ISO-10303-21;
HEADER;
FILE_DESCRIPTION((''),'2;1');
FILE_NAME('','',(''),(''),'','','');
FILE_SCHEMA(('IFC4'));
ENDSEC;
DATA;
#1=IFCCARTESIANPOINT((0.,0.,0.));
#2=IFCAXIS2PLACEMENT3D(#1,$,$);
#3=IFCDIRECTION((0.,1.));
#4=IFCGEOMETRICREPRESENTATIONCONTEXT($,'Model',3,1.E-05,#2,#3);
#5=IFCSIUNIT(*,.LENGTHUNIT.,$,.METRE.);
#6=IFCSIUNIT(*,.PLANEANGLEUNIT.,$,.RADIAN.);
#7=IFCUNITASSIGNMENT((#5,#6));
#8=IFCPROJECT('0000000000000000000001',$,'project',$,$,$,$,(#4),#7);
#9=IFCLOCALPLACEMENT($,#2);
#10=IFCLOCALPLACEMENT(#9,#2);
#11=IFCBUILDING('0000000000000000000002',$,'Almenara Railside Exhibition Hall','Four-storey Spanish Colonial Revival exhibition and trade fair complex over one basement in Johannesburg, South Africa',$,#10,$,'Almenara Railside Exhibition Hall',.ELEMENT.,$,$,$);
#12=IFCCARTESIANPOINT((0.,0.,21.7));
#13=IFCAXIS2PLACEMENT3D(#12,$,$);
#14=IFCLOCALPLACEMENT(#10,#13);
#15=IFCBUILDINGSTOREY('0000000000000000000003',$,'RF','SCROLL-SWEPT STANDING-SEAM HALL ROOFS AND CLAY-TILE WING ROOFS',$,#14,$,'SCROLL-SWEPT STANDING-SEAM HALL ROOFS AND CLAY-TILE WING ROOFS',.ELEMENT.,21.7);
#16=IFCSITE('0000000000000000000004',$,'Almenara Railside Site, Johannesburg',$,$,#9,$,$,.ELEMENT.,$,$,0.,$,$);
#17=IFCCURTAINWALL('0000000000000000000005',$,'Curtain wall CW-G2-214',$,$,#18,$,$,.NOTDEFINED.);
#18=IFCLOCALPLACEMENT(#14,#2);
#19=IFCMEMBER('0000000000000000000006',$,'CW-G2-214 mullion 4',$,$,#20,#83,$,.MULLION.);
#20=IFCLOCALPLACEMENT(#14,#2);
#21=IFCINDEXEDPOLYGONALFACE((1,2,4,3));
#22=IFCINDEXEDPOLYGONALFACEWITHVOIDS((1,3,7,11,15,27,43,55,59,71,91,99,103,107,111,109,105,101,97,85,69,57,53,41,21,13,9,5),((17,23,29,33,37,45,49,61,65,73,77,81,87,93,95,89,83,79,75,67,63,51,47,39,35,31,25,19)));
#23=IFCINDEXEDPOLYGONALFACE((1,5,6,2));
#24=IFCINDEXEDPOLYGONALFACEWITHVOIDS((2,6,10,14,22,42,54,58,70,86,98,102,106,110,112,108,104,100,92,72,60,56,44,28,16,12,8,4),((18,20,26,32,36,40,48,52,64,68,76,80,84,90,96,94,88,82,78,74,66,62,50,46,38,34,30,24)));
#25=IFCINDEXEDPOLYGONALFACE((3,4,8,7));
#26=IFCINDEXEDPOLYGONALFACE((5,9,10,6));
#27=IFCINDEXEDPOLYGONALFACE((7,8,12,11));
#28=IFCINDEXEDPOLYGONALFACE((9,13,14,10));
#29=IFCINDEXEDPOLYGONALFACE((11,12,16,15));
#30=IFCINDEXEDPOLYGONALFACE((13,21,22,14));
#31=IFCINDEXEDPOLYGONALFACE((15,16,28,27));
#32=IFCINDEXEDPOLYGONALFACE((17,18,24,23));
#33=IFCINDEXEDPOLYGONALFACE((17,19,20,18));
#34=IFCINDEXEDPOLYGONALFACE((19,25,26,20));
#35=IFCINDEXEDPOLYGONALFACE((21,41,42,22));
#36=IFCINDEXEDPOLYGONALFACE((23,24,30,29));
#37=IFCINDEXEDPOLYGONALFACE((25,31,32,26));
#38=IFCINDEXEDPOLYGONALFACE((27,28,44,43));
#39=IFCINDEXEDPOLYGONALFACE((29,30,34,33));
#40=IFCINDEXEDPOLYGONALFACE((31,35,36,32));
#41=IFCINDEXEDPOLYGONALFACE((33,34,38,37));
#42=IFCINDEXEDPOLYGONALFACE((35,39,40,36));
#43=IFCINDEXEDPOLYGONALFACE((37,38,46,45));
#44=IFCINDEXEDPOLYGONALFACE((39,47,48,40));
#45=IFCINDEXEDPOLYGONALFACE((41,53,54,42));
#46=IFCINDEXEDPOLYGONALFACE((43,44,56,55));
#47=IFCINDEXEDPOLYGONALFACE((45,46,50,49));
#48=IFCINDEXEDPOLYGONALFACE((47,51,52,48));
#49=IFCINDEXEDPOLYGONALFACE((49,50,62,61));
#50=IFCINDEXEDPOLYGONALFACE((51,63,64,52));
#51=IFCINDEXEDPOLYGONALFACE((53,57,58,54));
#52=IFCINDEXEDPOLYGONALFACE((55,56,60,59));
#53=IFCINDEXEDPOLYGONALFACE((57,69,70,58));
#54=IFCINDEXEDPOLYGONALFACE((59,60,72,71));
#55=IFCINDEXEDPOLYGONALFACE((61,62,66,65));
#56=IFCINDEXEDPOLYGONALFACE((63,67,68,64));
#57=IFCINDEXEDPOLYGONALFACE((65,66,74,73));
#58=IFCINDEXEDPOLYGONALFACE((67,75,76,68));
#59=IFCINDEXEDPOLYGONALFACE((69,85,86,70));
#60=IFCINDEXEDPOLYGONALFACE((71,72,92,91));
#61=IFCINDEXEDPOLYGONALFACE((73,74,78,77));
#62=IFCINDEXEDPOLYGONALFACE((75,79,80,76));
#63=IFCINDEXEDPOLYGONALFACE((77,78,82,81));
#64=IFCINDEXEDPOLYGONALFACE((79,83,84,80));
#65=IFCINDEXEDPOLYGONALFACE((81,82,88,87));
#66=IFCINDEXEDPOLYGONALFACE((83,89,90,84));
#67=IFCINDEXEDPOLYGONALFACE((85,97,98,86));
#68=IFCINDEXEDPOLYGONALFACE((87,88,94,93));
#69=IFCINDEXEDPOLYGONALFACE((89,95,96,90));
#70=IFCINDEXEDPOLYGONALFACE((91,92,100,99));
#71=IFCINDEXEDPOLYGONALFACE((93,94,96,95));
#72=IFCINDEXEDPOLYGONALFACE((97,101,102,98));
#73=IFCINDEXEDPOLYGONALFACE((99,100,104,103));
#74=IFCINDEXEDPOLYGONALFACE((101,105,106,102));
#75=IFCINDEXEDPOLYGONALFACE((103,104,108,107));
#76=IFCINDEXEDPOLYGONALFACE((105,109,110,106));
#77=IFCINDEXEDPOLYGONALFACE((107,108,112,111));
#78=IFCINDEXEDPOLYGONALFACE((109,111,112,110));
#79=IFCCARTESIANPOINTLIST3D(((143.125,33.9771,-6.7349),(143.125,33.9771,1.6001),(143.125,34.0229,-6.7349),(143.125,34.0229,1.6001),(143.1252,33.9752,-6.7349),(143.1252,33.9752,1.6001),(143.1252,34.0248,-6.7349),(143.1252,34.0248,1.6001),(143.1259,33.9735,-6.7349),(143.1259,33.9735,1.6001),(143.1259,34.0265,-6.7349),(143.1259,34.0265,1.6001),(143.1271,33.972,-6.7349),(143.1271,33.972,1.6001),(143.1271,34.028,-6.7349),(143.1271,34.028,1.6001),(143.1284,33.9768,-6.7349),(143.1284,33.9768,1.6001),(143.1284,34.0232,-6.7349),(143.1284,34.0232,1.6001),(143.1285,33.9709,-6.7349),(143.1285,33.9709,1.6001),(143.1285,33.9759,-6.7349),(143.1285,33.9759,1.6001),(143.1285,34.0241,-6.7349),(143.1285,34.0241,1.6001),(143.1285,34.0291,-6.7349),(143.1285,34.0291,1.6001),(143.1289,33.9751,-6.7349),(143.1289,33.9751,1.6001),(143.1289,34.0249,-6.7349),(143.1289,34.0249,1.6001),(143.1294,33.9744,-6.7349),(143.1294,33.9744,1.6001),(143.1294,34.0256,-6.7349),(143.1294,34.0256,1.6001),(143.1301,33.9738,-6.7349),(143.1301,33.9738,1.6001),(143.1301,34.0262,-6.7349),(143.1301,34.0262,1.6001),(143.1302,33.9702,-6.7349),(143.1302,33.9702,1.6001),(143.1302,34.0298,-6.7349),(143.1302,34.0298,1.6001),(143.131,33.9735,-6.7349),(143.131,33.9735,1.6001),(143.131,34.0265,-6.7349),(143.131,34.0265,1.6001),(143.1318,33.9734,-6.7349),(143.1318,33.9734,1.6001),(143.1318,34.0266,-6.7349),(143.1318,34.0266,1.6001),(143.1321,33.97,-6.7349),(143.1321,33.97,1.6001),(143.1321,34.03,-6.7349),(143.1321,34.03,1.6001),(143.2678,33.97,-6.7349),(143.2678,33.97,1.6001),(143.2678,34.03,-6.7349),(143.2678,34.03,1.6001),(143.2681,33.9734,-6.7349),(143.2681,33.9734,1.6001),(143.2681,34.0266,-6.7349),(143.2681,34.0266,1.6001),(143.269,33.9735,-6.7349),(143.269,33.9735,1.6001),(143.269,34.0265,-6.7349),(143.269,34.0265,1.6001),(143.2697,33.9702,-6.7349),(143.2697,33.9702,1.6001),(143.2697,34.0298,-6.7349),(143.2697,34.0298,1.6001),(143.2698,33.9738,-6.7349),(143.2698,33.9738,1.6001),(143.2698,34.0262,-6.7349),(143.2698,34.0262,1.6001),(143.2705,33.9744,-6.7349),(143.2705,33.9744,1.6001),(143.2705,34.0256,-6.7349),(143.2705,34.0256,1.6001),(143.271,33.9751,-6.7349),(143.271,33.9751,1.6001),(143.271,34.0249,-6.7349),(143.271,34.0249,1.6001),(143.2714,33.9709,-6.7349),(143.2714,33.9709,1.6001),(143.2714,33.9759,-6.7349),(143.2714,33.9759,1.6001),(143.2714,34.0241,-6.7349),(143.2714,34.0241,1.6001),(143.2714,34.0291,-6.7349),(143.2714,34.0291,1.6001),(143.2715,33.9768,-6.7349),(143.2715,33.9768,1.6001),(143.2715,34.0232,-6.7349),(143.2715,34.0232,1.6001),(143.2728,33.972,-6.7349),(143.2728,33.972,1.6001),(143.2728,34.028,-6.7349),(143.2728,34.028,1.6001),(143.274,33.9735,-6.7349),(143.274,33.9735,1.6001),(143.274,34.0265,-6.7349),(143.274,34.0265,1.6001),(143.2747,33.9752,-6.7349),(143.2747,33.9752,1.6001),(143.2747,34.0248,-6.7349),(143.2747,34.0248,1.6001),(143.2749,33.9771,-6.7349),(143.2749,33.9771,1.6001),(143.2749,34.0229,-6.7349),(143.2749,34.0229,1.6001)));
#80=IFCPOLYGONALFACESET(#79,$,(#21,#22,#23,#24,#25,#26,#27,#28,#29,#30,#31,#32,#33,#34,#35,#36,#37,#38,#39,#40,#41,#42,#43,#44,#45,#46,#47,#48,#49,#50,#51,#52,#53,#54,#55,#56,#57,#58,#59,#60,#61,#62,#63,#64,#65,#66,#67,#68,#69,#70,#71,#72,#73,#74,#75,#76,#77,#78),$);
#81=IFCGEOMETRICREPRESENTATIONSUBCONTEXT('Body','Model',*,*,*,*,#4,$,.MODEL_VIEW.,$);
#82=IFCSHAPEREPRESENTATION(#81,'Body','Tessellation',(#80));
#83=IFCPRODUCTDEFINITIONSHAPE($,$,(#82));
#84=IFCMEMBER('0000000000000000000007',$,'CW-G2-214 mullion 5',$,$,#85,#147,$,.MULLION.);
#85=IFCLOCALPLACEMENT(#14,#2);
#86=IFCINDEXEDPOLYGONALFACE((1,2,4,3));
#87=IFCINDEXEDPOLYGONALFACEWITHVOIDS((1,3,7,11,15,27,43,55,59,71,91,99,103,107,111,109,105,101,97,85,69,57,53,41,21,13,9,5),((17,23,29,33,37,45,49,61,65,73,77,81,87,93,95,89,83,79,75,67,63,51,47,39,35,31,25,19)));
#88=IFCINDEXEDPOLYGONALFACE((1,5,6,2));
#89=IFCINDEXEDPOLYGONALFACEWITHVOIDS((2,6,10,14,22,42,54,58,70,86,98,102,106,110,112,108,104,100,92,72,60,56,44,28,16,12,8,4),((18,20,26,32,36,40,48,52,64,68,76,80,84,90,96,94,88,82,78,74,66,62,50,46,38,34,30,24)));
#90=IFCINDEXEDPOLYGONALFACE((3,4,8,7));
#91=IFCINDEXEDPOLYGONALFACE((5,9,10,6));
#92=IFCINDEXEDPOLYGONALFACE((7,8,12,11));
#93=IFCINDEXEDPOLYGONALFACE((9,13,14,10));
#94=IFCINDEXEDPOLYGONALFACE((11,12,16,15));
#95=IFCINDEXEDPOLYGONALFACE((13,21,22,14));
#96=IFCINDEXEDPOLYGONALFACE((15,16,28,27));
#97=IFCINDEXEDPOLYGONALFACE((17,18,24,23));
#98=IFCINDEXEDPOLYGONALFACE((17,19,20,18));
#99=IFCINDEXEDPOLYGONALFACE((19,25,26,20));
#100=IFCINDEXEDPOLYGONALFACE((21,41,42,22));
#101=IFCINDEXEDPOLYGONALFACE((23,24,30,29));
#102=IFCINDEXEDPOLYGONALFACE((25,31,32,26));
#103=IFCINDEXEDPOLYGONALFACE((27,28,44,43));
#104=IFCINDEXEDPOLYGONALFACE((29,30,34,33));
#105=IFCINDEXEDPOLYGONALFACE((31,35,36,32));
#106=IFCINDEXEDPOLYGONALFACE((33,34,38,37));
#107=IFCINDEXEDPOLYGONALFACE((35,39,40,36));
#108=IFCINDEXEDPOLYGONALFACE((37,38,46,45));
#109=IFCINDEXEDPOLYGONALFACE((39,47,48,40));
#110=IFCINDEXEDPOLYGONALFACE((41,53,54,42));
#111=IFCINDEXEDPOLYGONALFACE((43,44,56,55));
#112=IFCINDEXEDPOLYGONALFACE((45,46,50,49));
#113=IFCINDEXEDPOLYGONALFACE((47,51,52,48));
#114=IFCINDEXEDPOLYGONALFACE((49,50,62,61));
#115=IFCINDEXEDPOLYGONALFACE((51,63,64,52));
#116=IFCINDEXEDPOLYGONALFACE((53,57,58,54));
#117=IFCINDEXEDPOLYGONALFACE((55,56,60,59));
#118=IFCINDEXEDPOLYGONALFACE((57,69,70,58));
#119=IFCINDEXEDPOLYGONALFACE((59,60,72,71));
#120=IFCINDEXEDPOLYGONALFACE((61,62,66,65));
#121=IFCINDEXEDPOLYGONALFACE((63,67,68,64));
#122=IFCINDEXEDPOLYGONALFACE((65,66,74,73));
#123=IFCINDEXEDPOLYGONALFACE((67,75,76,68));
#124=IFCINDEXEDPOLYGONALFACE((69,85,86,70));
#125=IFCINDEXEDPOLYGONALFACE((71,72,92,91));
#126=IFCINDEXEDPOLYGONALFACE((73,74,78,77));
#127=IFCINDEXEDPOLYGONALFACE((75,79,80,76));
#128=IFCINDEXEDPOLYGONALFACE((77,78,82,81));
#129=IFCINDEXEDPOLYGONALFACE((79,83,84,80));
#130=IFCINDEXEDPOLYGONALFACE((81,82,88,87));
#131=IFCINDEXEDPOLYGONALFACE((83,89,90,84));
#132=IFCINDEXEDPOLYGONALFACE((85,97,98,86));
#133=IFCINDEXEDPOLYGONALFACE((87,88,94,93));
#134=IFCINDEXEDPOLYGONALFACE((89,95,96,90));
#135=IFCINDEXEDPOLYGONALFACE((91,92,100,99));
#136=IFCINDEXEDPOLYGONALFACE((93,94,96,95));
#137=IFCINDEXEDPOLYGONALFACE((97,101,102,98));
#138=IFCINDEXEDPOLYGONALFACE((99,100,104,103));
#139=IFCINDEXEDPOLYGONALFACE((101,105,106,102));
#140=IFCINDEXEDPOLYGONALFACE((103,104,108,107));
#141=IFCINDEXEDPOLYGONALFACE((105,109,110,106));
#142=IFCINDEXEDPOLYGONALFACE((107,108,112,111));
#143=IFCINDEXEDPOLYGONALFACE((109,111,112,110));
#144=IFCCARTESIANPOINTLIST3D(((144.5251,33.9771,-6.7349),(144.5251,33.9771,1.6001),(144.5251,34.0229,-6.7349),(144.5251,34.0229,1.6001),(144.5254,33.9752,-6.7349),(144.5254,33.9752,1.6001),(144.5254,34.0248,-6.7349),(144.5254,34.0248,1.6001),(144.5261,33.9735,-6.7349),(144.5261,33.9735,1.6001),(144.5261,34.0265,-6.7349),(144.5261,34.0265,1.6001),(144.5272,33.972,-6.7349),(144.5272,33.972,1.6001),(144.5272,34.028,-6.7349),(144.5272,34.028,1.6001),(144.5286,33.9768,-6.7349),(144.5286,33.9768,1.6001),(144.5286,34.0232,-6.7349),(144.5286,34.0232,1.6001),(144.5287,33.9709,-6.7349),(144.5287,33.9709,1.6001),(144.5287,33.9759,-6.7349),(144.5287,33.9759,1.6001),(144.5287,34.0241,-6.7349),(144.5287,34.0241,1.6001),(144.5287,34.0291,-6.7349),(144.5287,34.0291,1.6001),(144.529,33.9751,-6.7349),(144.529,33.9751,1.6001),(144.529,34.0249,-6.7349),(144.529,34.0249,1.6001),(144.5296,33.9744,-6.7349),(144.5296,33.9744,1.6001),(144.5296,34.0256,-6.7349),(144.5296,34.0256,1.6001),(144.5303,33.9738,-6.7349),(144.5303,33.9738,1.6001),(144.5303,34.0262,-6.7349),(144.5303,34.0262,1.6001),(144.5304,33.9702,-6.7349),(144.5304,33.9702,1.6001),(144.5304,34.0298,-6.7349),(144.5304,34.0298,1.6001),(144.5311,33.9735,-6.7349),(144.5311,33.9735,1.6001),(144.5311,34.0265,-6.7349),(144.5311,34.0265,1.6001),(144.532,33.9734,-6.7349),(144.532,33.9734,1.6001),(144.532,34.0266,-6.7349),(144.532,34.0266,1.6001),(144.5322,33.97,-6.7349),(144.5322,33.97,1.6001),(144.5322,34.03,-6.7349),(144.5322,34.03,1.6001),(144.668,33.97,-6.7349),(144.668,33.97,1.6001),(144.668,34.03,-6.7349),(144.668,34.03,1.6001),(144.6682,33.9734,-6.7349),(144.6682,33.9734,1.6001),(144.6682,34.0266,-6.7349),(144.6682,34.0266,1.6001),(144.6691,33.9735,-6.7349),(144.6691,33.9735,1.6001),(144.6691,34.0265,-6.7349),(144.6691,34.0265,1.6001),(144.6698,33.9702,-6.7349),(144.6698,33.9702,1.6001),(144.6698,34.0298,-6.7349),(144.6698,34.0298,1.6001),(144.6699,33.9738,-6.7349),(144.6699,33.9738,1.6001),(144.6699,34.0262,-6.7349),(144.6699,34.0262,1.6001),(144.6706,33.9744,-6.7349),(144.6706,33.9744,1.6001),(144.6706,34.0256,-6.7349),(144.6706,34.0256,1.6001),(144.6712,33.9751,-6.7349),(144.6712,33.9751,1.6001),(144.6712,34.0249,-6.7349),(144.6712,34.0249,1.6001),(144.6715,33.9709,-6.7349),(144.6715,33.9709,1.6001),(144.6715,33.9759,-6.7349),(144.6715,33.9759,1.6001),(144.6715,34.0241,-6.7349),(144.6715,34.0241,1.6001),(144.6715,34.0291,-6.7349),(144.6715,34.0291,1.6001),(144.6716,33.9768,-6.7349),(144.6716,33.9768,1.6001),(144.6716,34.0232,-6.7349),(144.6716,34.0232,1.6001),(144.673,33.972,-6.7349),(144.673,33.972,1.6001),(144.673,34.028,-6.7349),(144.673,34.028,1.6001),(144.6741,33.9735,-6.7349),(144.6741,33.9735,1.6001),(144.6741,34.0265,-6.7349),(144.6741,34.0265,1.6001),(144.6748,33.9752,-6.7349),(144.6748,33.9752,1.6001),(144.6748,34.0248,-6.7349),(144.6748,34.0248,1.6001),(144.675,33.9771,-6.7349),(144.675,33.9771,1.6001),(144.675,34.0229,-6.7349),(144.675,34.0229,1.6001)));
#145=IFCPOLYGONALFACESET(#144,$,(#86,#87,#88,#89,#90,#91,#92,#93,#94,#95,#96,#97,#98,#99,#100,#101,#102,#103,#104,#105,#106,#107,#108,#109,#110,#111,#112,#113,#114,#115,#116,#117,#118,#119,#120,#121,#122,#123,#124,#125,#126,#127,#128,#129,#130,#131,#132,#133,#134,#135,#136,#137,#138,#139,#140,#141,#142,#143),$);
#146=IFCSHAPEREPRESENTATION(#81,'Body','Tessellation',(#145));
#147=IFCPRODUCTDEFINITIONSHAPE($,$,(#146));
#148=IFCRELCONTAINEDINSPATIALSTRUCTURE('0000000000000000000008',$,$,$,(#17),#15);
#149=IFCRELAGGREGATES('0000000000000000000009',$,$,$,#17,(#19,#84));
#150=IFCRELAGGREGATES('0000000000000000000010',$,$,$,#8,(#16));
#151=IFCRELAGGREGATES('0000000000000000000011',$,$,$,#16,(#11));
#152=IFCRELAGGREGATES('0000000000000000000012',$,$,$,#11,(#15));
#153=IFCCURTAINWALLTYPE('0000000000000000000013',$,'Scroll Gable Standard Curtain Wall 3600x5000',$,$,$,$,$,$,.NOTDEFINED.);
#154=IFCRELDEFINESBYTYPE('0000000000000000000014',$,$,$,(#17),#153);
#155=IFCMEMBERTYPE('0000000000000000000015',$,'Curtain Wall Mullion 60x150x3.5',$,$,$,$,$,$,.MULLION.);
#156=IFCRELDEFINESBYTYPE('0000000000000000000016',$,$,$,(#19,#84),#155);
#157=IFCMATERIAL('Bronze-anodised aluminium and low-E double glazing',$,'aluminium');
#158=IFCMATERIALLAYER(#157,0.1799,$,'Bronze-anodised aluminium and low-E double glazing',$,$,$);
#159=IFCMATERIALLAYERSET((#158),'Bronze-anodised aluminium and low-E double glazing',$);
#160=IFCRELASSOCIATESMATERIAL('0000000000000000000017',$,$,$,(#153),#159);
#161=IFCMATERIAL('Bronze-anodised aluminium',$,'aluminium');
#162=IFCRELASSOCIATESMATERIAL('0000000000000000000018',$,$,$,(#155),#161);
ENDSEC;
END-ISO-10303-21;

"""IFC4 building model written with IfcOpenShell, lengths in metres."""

from ifc_helpers import new_model, si_unit, direction, frame, origin, origin_2d, place, context, subcontext, project, spatial, hollow_rectangle, extrude, material, layer, layer_set, material_profile, profile_set, type_object, element, aggregate, save


model = new_model("IFC4")

# Units and contexts
model_context = context("Model", 3, precision=1e-05, world=origin(), true_north=direction((0.0, 1.0)))
body_context = subcontext(model_context, "Body", "Model", "MODEL_VIEW")
ifc_project = project(units=[si_unit("LENGTHUNIT", "METRE"), si_unit("PLANEANGLEUNIT", "RADIAN")], contexts=[model_context])

# Site, building, storey
site_placement = place(None, origin())
site = spatial("IfcSite", under=ifc_project, at=site_placement, Name="Almenara Railside Site, Johannesburg", CompositionType="ELEMENT", RefElevation=0.0)
building_placement = place(site_placement, origin())
building = spatial("IfcBuilding", under=site, at=building_placement, Name="Almenara Railside Exhibition Hall", Description="Four-storey Spanish Colonial Revival exhibition and trade fair complex over one basement in Johannesburg, South Africa", LongName="Almenara Railside Exhibition Hall", CompositionType="ELEMENT")
storey_placement = place(building_placement, frame((0.0, 0.0, 21.7)))
storey = spatial("IfcBuildingStorey", under=building, at=storey_placement, Name="RF", Description="SCROLL-SWEPT STANDING-SEAM HALL ROOFS AND CLAY-TILE WING ROOFS", LongName="SCROLL-SWEPT STANDING-SEAM HALL ROOFS AND CLAY-TILE WING ROOFS", CompositionType="ELEMENT", Elevation=21.7)

# Curtain wall, members
ifc_material_1 = material(Name="Bronze-anodised aluminium and low-E double glazing", Category="aluminium")
ifc_layer_1 = layer(ifc_material_1, 0.1799, Name="Bronze-anodised aluminium and low-E double glazing")
ifc_layer_set_1 = layer_set([ifc_layer_1], Name="Bronze-anodised aluminium and low-E double glazing")
curtain_wall_type = type_object("IfcCurtainWallType", Name="Scroll Gable Standard Curtain Wall 3600x5000", PredefinedType="NOTDEFINED", material=ifc_layer_set_1)
curtain_wall_placement = place(storey_placement, origin())
curtain_wall = element("IfcCurtainWall", 1, at=curtain_wall_placement, inside=storey, type_object=curtain_wall_type, Name="Curtain wall CW-G2-214", PredefinedType="NOTDEFINED")
ifc_material_2 = material(Name="Bronze-anodised aluminium", Category="aluminium")
ifc_material_profile_1 = material_profile(ifc_material_2, hollow_rectangle(XDim=0.0601, YDim=0.1499, WallThickness=0.0034, InnerFilletRadius=0.0034, OuterFilletRadius=0.0071, at=origin_2d()), Name="ALU-MUL 60x150x3.5")
ifc_profile_set_1 = profile_set([ifc_material_profile_1], Name="Bronze-anodised aluminium")
member_type_1 = type_object("IfcMemberType", Name="Curtain Wall Mullion 60x150x3.5", PredefinedType="MULLION", material=ifc_profile_set_1)
member_1_placement = place(storey_placement, frame((143.2, 34.0, -6.7349), z_axis=(0.0, 0.0, 1.0), x_axis=(0.0, 1.0, 0.0)))
member_1 = element("IfcMember", 2, at=member_1_placement, type_object=member_type_1, Name="CW-G2-214 mullion 4", PredefinedType="MULLION", context=body_context, shape_type="SweptSolid", body=[
    extrude(hollow_rectangle(XDim=0.0601, YDim=0.1499, WallThickness=0.0034, InnerFilletRadius=0.0034, OuterFilletRadius=0.0071, at=origin_2d()), origin(), (0.0, 0.0, 1.0), 8.335),
])
member_2_placement = place(storey_placement, frame((144.6001, 34.0, -6.7349), z_axis=(0.0, 0.0, 1.0), x_axis=(0.0, 1.0, 0.0)))
member_2 = element("IfcMember", 3, at=member_2_placement, type_object=member_type_1, Name="CW-G2-214 mullion 5", PredefinedType="MULLION", context=body_context, shape_type="SweptSolid", body=[
    extrude(hollow_rectangle(XDim=0.0601, YDim=0.1499, WallThickness=0.0034, InnerFilletRadius=0.0034, OuterFilletRadius=0.0071, at=origin_2d()), origin(), (0.0, 0.0, 1.0), 8.335),
])

aggregate(curtain_wall, [member_1, member_2])

save(model, "model.ifc")
